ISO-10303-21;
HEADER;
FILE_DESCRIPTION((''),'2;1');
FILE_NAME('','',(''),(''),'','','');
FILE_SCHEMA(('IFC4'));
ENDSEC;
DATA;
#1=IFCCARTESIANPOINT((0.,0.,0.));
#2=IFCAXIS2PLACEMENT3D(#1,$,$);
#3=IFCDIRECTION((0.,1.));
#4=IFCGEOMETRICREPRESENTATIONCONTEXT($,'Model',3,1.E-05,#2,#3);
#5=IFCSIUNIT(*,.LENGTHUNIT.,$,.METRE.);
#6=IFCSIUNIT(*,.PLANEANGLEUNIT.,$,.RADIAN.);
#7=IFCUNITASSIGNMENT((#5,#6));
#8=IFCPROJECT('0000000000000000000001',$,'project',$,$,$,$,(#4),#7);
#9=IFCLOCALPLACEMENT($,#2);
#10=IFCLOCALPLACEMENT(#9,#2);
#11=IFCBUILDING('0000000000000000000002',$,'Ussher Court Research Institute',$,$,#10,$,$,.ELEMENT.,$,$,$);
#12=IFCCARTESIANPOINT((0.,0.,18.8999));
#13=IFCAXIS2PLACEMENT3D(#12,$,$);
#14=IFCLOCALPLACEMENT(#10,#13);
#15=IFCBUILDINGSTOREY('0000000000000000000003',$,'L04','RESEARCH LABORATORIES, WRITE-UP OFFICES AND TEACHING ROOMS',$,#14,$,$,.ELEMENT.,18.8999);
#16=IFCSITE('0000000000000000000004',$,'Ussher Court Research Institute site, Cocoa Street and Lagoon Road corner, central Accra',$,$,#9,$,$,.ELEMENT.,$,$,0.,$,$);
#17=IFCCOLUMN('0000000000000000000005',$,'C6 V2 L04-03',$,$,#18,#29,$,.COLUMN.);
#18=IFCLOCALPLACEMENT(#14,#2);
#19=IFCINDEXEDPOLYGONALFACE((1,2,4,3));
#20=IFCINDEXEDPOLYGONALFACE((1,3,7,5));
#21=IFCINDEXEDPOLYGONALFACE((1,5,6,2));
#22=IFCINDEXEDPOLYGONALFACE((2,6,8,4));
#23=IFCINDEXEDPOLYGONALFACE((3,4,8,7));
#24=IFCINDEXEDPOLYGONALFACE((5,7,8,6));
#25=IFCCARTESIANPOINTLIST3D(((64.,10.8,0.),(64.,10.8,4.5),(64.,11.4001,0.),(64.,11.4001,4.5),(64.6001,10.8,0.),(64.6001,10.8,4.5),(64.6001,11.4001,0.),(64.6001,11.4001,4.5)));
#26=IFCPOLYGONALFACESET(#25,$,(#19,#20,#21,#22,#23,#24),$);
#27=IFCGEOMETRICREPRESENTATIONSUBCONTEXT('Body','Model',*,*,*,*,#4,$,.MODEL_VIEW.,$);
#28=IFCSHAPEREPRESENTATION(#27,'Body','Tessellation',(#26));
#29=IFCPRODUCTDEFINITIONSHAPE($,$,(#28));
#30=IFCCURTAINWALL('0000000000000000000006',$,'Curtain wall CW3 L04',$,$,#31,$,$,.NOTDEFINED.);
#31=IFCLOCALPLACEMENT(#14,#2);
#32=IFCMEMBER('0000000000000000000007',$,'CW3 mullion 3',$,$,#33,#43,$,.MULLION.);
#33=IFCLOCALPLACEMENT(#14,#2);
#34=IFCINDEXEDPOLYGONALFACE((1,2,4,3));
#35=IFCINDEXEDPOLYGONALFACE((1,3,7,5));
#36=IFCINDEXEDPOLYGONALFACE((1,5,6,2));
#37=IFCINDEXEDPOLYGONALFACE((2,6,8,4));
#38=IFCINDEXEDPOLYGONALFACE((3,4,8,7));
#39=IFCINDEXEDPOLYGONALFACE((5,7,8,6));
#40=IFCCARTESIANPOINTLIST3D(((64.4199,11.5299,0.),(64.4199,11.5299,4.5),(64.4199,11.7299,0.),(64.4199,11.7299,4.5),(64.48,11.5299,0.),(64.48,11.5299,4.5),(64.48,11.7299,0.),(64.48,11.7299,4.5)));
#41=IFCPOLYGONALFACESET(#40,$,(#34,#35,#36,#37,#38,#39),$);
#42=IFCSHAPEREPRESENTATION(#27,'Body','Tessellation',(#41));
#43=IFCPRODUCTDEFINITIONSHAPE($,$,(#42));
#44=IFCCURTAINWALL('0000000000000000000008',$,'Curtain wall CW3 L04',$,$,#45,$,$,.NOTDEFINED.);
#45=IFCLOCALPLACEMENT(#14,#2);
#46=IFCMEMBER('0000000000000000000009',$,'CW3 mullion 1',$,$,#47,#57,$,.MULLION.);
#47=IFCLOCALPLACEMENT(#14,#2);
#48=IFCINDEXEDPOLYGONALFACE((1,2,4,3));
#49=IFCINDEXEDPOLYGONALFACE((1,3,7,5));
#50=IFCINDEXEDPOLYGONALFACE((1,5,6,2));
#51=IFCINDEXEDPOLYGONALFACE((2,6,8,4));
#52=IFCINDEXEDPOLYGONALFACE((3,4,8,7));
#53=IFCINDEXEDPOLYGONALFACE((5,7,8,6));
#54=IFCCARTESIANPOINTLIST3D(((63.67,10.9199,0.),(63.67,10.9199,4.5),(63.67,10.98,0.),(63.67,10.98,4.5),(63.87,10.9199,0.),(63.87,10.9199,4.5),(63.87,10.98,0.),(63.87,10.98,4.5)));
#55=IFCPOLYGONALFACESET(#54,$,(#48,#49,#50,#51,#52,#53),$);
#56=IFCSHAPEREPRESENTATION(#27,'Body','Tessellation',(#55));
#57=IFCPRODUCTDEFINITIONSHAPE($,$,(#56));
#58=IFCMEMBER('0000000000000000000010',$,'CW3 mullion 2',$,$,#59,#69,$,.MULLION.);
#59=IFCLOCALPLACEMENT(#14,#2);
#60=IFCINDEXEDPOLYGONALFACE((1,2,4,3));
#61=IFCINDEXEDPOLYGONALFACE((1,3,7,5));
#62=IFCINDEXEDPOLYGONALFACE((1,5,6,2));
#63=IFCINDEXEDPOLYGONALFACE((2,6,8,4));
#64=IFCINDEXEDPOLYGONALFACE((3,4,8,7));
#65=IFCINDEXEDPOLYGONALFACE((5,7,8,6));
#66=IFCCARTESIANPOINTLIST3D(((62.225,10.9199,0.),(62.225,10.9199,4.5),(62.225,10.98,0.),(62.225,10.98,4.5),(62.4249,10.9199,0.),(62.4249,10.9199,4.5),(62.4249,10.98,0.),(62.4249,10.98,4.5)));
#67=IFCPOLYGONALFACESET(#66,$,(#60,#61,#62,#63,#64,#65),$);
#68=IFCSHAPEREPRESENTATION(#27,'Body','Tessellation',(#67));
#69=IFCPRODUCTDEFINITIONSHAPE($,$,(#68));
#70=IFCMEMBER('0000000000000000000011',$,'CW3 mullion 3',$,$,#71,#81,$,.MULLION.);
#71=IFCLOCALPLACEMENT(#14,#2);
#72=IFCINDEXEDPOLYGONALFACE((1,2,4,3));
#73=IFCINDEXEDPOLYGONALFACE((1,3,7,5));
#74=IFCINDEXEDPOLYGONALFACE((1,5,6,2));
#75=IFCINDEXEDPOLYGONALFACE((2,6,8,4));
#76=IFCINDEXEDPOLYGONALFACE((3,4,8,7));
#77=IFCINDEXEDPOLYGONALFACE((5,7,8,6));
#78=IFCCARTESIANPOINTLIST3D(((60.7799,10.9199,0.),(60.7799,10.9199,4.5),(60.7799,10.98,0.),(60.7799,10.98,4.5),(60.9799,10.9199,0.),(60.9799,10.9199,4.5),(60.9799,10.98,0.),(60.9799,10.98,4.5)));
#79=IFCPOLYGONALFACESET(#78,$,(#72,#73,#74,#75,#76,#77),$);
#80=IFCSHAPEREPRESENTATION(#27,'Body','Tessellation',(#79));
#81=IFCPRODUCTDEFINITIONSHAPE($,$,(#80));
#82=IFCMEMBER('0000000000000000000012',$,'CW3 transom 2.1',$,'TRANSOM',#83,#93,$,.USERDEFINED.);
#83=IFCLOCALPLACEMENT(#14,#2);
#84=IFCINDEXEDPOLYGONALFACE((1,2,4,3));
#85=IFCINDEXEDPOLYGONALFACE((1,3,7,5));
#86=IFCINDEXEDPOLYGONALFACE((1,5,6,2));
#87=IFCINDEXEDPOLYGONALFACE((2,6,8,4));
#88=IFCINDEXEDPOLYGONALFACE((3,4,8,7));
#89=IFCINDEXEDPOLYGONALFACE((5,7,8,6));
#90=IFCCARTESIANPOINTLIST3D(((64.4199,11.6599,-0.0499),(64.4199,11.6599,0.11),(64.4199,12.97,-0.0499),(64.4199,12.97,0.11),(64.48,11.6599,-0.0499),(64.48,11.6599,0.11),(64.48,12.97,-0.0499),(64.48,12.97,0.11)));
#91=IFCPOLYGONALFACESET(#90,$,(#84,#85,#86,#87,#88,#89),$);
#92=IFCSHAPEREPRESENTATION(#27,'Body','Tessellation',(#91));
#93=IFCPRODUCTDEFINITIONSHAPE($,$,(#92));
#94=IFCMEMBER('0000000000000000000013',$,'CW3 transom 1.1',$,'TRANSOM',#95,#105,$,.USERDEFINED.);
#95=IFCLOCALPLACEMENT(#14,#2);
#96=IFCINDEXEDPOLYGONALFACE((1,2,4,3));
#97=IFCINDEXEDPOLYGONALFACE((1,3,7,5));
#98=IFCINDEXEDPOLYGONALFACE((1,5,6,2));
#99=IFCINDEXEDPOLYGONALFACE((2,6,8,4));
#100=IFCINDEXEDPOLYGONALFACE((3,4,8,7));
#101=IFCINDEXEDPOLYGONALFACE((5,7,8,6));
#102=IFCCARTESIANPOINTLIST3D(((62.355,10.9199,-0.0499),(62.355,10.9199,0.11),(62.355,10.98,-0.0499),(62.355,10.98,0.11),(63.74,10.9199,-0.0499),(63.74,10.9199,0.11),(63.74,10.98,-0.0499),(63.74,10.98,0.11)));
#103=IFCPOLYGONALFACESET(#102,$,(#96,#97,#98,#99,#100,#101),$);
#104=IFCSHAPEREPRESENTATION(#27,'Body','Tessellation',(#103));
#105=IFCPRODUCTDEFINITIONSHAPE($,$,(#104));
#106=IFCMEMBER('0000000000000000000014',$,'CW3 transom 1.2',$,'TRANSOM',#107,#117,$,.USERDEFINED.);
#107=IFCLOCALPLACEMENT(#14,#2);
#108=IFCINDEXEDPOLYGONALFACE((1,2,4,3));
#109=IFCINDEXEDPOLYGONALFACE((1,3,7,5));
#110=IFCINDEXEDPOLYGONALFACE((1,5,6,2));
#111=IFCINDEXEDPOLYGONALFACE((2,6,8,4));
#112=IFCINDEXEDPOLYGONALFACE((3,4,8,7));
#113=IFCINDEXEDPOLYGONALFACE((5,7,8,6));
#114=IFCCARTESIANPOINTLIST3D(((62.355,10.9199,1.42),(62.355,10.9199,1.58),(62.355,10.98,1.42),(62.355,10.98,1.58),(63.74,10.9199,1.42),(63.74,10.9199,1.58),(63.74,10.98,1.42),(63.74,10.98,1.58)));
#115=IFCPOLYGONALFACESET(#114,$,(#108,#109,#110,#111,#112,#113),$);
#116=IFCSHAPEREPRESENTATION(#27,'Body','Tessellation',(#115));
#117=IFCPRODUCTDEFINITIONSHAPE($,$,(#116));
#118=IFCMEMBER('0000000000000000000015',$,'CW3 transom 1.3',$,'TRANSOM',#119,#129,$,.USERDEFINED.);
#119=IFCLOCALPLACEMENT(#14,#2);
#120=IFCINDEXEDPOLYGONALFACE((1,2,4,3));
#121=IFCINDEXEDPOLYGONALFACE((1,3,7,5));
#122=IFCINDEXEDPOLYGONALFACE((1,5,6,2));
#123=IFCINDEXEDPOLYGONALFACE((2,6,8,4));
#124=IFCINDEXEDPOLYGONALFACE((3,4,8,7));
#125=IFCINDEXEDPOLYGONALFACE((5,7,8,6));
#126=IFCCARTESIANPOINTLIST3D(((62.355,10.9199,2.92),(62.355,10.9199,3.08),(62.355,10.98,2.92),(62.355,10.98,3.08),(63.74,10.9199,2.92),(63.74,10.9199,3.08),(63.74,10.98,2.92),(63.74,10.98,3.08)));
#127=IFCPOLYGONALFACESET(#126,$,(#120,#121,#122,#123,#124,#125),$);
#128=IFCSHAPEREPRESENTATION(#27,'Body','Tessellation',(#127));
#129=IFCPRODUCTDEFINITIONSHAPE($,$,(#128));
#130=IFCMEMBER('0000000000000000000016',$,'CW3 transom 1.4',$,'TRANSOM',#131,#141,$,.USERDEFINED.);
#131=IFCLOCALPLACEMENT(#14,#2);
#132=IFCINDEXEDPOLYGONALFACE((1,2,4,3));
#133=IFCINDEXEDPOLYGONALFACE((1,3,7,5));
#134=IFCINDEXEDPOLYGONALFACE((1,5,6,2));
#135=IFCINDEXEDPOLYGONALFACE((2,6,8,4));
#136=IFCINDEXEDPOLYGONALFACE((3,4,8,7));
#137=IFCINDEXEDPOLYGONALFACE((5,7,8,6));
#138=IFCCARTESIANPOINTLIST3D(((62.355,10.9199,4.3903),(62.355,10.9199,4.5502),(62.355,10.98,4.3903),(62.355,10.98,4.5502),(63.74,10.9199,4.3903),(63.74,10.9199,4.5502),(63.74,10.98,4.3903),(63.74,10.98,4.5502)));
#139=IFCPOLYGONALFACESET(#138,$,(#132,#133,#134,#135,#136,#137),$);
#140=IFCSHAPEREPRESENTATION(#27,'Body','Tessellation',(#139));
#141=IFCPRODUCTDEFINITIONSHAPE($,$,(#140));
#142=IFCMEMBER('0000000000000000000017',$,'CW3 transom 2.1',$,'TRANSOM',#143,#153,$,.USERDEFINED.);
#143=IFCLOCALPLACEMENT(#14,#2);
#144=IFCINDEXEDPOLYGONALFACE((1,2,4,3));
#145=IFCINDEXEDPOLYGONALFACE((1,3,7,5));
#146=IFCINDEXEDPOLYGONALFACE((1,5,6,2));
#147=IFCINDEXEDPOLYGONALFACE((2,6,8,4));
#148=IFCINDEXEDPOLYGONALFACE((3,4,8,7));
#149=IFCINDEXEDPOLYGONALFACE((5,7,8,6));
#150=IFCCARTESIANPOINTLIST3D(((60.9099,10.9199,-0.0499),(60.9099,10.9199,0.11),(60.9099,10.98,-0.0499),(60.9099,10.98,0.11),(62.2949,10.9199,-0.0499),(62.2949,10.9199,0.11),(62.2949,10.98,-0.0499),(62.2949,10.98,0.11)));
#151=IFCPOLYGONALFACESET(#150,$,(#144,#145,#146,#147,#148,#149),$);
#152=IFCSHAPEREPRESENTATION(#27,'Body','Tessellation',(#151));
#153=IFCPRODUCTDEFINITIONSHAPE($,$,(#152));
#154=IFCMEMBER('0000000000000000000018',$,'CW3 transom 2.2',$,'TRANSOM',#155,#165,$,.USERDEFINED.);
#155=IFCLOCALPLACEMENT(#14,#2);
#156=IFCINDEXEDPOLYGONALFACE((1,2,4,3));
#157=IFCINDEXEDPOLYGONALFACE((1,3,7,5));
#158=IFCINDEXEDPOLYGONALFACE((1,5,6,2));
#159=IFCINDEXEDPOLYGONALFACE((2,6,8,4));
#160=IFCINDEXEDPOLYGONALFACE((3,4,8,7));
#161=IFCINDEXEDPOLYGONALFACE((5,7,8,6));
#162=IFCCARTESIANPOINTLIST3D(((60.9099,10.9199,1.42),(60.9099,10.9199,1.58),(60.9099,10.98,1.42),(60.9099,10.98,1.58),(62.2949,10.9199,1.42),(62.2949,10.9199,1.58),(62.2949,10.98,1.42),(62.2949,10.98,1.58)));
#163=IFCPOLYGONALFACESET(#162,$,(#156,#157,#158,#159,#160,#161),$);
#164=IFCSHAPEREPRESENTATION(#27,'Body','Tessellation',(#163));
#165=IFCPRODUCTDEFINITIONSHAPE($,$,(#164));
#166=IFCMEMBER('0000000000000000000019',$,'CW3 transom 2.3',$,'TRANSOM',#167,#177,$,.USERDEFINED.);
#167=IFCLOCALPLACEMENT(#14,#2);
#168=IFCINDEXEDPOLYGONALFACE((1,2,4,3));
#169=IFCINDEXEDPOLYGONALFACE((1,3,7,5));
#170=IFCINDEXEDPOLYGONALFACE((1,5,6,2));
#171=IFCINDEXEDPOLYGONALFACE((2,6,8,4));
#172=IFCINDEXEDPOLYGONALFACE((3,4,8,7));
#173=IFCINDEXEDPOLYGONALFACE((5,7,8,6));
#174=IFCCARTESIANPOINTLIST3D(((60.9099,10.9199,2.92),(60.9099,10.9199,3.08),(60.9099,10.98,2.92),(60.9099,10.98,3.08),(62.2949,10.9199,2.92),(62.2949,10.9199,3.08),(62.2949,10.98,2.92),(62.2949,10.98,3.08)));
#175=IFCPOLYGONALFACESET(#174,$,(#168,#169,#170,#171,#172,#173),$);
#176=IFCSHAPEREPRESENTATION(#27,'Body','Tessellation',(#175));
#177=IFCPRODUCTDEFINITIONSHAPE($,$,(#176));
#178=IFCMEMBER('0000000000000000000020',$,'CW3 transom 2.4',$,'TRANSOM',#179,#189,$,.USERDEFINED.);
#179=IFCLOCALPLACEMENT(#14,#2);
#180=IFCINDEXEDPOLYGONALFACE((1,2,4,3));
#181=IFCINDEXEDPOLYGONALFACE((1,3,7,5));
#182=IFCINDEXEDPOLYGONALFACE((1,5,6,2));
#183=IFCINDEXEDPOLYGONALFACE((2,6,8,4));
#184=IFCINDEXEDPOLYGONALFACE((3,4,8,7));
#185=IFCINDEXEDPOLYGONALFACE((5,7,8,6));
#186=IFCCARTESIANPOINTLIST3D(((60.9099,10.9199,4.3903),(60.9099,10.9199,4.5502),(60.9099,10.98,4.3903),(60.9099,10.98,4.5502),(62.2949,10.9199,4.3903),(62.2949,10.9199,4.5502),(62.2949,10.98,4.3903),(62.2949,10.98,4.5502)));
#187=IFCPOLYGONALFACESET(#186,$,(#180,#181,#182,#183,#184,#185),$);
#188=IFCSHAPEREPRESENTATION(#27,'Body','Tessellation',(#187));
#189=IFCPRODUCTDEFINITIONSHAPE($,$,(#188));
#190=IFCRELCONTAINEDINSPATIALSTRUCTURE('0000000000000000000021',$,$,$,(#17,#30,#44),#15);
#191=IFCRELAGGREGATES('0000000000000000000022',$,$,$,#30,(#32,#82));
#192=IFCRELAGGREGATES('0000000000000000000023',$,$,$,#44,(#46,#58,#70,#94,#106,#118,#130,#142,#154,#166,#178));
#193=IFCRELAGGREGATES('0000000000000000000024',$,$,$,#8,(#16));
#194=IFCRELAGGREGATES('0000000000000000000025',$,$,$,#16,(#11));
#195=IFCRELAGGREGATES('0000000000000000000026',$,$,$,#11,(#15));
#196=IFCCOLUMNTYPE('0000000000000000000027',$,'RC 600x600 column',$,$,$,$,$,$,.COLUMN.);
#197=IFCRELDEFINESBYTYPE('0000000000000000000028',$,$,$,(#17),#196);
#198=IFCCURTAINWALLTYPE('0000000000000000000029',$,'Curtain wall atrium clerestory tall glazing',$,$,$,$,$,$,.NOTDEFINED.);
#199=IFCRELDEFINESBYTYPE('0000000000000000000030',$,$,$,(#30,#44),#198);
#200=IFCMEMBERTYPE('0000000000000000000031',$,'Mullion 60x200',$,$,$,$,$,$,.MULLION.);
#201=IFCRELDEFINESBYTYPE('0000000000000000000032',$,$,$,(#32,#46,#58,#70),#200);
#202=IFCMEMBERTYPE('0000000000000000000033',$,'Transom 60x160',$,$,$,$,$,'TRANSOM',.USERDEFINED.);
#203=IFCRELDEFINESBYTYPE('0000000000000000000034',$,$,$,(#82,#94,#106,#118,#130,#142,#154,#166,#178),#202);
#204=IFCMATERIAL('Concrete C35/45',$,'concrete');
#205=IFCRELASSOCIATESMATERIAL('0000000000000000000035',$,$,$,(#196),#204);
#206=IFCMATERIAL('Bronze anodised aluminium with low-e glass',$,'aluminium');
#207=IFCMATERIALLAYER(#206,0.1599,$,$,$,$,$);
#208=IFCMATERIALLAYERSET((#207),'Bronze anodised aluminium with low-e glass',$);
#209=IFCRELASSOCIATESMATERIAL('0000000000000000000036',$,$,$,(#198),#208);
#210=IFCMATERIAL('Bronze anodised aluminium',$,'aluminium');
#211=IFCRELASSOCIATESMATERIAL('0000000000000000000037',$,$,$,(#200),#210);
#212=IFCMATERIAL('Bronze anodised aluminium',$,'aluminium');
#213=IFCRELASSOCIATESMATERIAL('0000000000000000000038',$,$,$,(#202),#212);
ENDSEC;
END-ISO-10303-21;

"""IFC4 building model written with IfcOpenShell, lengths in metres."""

from ifc_helpers import new_model, si_unit, direction, frame, origin, origin_2d, place, context, subcontext, project, spatial, rectangle, extrude, material, layer, layer_set, material_profile, profile_set, type_object, element, aggregate, save


model = new_model("IFC4")

# Units and contexts
model_context = context("Model", 3, precision=1e-05, world=origin(), true_north=direction((0.0, 1.0)))
body_context = subcontext(model_context, "Body", "Model", "MODEL_VIEW")
ifc_project = project(units=[si_unit("LENGTHUNIT", "METRE"), si_unit("PLANEANGLEUNIT", "RADIAN")], contexts=[model_context])

# Site, building, storey
site_placement = place(None, origin())
site = spatial("IfcSite", under=ifc_project, at=site_placement, Name="Ussher Court Research Institute site, Cocoa Street and Lagoon Road corner, central Accra", CompositionType="ELEMENT", RefElevation=0.0)
building_placement = place(site_placement, origin())
building = spatial("IfcBuilding", under=site, at=building_placement, Name="Ussher Court Research Institute", CompositionType="ELEMENT")
storey_placement = place(building_placement, frame((0.0, 0.0, 18.8999)))
storey = spatial("IfcBuildingStorey", under=building, at=storey_placement, Name="L04", Description="RESEARCH LABORATORIES, WRITE-UP OFFICES AND TEACHING ROOMS", CompositionType="ELEMENT", Elevation=18.8999)

# Column
ifc_material_1 = material(Name="Concrete C35/45", Category="concrete")
ifc_material_profile_1 = material_profile(ifc_material_1, rectangle(XDim=0.6001, YDim=0.6001, at=origin_2d()), Name="RC 600x600")
ifc_profile_set_1 = profile_set([ifc_material_profile_1], Name="Concrete C35/45")
column_type = type_object("IfcColumnType", Name="RC 600x600 column", PredefinedType="COLUMN", material=ifc_profile_set_1)
column_placement = place(storey_placement, frame((64.3, 11.1001, 0.0), z_axis=(0.0, 0.0, 1.0), x_axis=(1.0, 0.0, 0.0)))
element("IfcColumn", 1, at=column_placement, inside=storey, type_object=column_type, Name="C6 V2 L04-03", PredefinedType="COLUMN", context=body_context, shape_type="SweptSolid", body=[
    extrude(rectangle(XDim=0.6001, YDim=0.6001, at=origin_2d()), origin(), (0.0, 0.0, 1.0), 4.5),
])

# Curtain wall, member
ifc_material_2 = material(Name="Bronze anodised aluminium with low-e glass", Category="aluminium")
ifc_layer_1 = layer(ifc_material_2, 0.1599)
ifc_layer_set_1 = layer_set([ifc_layer_1], Name="Bronze anodised aluminium with low-e glass")
curtain_wall_type = type_object("IfcCurtainWallType", Name="Curtain wall atrium clerestory tall glazing", PredefinedType="NOTDEFINED", material=ifc_layer_set_1)
curtain_wall_1_placement = place(storey_placement, origin())
curtain_wall_1 = element("IfcCurtainWall", 2, at=curtain_wall_1_placement, inside=storey, type_object=curtain_wall_type, Name="Curtain wall CW3 L04", PredefinedType="NOTDEFINED")
ifc_material_3 = material(Name="Bronze anodised aluminium", Category="aluminium")
ifc_material_profile_2 = material_profile(ifc_material_3, rectangle(XDim=0.0601, YDim=0.2, at=origin_2d()), Name="Mullion 60x200")
ifc_profile_set_2 = profile_set([ifc_material_profile_2], Name="Bronze anodised aluminium")
member_type_1 = type_object("IfcMemberType", Name="Mullion 60x200", PredefinedType="MULLION", material=ifc_profile_set_2)
member_1_placement = place(storey_placement, frame((64.45, 11.6299, 0.0), z_axis=(0.0, 0.0, 1.0), x_axis=(1.0, 0.0, 0.0)))
member_1 = element("IfcMember", 3, at=member_1_placement, type_object=member_type_1, Name="CW3 mullion 3", PredefinedType="MULLION", context=body_context, shape_type="SweptSolid", body=[
    extrude(rectangle(XDim=0.0601, YDim=0.2, at=origin_2d()), origin(), (0.0, 0.0, 1.0), 4.5),
])

# Curtain wall, members
curtain_wall_2_placement = place(storey_placement, origin())
curtain_wall_2 = element("IfcCurtainWall", 4, at=curtain_wall_2_placement, inside=storey, type_object=curtain_wall_type, Name="Curtain wall CW3 L04", PredefinedType="NOTDEFINED")
member_2_placement = place(storey_placement, frame((63.77, 10.95, 0.0), z_axis=(0.0, 0.0, 1.0), x_axis=(0.0, -1.0, 0.0)))
member_2 = element("IfcMember", 5, at=member_2_placement, type_object=member_type_1, Name="CW3 mullion 1", PredefinedType="MULLION", context=body_context, shape_type="SweptSolid", body=[
    extrude(rectangle(XDim=0.0601, YDim=0.2, at=origin_2d()), origin(), (0.0, 0.0, 1.0), 4.5),
])
member_3_placement = place(storey_placement, frame((62.325, 10.95, 0.0), z_axis=(0.0, 0.0, 1.0), x_axis=(0.0, -1.0, 0.0)))
member_3 = element("IfcMember", 6, at=member_3_placement, type_object=member_type_1, Name="CW3 mullion 2", PredefinedType="MULLION", context=body_context, shape_type="SweptSolid", body=[
    extrude(rectangle(XDim=0.0601, YDim=0.2, at=origin_2d()), origin(), (0.0, 0.0, 1.0), 4.5),
])
member_4_placement = place(storey_placement, frame((60.8799, 10.95, 0.0), z_axis=(0.0, 0.0, 1.0), x_axis=(0.0, -1.0, 0.0)))
member_4 = element("IfcMember", 7, at=member_4_placement, type_object=member_type_1, Name="CW3 mullion 3", PredefinedType="MULLION", context=body_context, shape_type="SweptSolid", body=[
    extrude(rectangle(XDim=0.0601, YDim=0.2, at=origin_2d()), origin(), (0.0, 0.0, 1.0), 4.5),
])

# Members
ifc_material_4 = material(Name="Bronze anodised aluminium", Category="aluminium")
ifc_material_profile_3 = material_profile(ifc_material_4, rectangle(XDim=0.0601, YDim=0.1599, at=origin_2d()), Name="Transom 60x160")
ifc_profile_set_3 = profile_set([ifc_material_profile_3], Name="Bronze anodised aluminium")
member_type_2 = type_object("IfcMemberType", Name="Transom 60x160", ElementType="TRANSOM", PredefinedType="USERDEFINED", material=ifc_profile_set_3)
member_5_placement = place(storey_placement, frame((64.45, 12.97, 0.03), z_axis=(0.0, -1.0, 0.0), x_axis=(1.0, 0.0, 0.0)))
member_5 = element("IfcMember", 8, at=member_5_placement, type_object=member_type_2, Name="CW3 transom 2.1", ObjectType="TRANSOM", PredefinedType="USERDEFINED", context=body_context, shape_type="SweptSolid", body=[
    extrude(rectangle(XDim=0.0601, YDim=0.1599, at=origin_2d()), origin(), (0.0, 0.0, 1.0), 1.3101),
])
member_6_placement = place(storey_placement, frame((63.74, 10.95, 0.03), z_axis=(-1.0, 0.0, 0.0), x_axis=(0.0, -1.0, 0.0)))
member_6 = element("IfcMember", 9, at=member_6_placement, type_object=member_type_2, Name="CW3 transom 1.1", ObjectType="TRANSOM", PredefinedType="USERDEFINED", context=body_context, shape_type="SweptSolid", body=[
    extrude(rectangle(XDim=0.0601, YDim=0.1599, at=origin_2d()), origin(), (0.0, 0.0, 1.0), 1.385),
])
member_7_placement = place(storey_placement, frame((63.74, 10.95, 1.5), z_axis=(-1.0, 0.0, 0.0), x_axis=(0.0, -1.0, 0.0)))
member_7 = element("IfcMember", 10, at=member_7_placement, type_object=member_type_2, Name="CW3 transom 1.2", ObjectType="TRANSOM", PredefinedType="USERDEFINED", context=body_context, shape_type="SweptSolid", body=[
    extrude(rectangle(XDim=0.0601, YDim=0.1599, at=origin_2d()), origin(), (0.0, 0.0, 1.0), 1.385),
])
member_8_placement = place(storey_placement, frame((63.74, 10.95, 3.0), z_axis=(-1.0, 0.0, 0.0), x_axis=(0.0, -1.0, 0.0)))
member_8 = element("IfcMember", 11, at=member_8_placement, type_object=member_type_2, Name="CW3 transom 1.3", ObjectType="TRANSOM", PredefinedType="USERDEFINED", context=body_context, shape_type="SweptSolid", body=[
    extrude(rectangle(XDim=0.0601, YDim=0.1599, at=origin_2d()), origin(), (0.0, 0.0, 1.0), 1.385),
])
member_9_placement = place(storey_placement, frame((63.74, 10.95, 4.4702), z_axis=(-1.0, 0.0, 0.0), x_axis=(0.0, -1.0, 0.0)))
member_9 = element("IfcMember", 12, at=member_9_placement, type_object=member_type_2, Name="CW3 transom 1.4", ObjectType="TRANSOM", PredefinedType="USERDEFINED", context=body_context, shape_type="SweptSolid", body=[
    extrude(rectangle(XDim=0.0601, YDim=0.1599, at=origin_2d()), origin(), (0.0, 0.0, 1.0), 1.385),
])
member_10_placement = place(storey_placement, frame((62.2949, 10.95, 0.03), z_axis=(-1.0, 0.0, 0.0), x_axis=(0.0, -1.0, 0.0)))
member_10 = element("IfcMember", 13, at=member_10_placement, type_object=member_type_2, Name="CW3 transom 2.1", ObjectType="TRANSOM", PredefinedType="USERDEFINED", context=body_context, shape_type="SweptSolid", body=[
    extrude(rectangle(XDim=0.0601, YDim=0.1599, at=origin_2d()), origin(), (0.0, 0.0, 1.0), 1.385),
])
member_11_placement = place(storey_placement, frame((62.2949, 10.95, 1.5), z_axis=(-1.0, 0.0, 0.0), x_axis=(0.0, -1.0, 0.0)))
member_11 = element("IfcMember", 14, at=member_11_placement, type_object=member_type_2, Name="CW3 transom 2.2", ObjectType="TRANSOM", PredefinedType="USERDEFINED", context=body_context, shape_type="SweptSolid", body=[
    extrude(rectangle(XDim=0.0601, YDim=0.1599, at=origin_2d()), origin(), (0.0, 0.0, 1.0), 1.385),
])
member_12_placement = place(storey_placement, frame((62.2949, 10.95, 3.0), z_axis=(-1.0, 0.0, 0.0), x_axis=(0.0, -1.0, 0.0)))
member_12 = element("IfcMember", 15, at=member_12_placement, type_object=member_type_2, Name="CW3 transom 2.3", ObjectType="TRANSOM", PredefinedType="USERDEFINED", context=body_context, shape_type="SweptSolid", body=[
    extrude(rectangle(XDim=0.0601, YDim=0.1599, at=origin_2d()), origin(), (0.0, 0.0, 1.0), 1.385),
])
member_13_placement = place(storey_placement, frame((62.2949, 10.95, 4.4702), z_axis=(-1.0, 0.0, 0.0), x_axis=(0.0, -1.0, 0.0)))
member_13 = element("IfcMember", 16, at=member_13_placement, type_object=member_type_2, Name="CW3 transom 2.4", ObjectType="TRANSOM", PredefinedType="USERDEFINED", context=body_context, shape_type="SweptSolid", body=[
    extrude(rectangle(XDim=0.0601, YDim=0.1599, at=origin_2d()), origin(), (0.0, 0.0, 1.0), 1.385),
])

aggregate(curtain_wall_1, [member_1, member_5])
aggregate(curtain_wall_2, [member_2, member_3, member_4, member_6, member_7, member_8, member_9, member_10, member_11, member_12, member_13])

save(model, "model.ifc")
